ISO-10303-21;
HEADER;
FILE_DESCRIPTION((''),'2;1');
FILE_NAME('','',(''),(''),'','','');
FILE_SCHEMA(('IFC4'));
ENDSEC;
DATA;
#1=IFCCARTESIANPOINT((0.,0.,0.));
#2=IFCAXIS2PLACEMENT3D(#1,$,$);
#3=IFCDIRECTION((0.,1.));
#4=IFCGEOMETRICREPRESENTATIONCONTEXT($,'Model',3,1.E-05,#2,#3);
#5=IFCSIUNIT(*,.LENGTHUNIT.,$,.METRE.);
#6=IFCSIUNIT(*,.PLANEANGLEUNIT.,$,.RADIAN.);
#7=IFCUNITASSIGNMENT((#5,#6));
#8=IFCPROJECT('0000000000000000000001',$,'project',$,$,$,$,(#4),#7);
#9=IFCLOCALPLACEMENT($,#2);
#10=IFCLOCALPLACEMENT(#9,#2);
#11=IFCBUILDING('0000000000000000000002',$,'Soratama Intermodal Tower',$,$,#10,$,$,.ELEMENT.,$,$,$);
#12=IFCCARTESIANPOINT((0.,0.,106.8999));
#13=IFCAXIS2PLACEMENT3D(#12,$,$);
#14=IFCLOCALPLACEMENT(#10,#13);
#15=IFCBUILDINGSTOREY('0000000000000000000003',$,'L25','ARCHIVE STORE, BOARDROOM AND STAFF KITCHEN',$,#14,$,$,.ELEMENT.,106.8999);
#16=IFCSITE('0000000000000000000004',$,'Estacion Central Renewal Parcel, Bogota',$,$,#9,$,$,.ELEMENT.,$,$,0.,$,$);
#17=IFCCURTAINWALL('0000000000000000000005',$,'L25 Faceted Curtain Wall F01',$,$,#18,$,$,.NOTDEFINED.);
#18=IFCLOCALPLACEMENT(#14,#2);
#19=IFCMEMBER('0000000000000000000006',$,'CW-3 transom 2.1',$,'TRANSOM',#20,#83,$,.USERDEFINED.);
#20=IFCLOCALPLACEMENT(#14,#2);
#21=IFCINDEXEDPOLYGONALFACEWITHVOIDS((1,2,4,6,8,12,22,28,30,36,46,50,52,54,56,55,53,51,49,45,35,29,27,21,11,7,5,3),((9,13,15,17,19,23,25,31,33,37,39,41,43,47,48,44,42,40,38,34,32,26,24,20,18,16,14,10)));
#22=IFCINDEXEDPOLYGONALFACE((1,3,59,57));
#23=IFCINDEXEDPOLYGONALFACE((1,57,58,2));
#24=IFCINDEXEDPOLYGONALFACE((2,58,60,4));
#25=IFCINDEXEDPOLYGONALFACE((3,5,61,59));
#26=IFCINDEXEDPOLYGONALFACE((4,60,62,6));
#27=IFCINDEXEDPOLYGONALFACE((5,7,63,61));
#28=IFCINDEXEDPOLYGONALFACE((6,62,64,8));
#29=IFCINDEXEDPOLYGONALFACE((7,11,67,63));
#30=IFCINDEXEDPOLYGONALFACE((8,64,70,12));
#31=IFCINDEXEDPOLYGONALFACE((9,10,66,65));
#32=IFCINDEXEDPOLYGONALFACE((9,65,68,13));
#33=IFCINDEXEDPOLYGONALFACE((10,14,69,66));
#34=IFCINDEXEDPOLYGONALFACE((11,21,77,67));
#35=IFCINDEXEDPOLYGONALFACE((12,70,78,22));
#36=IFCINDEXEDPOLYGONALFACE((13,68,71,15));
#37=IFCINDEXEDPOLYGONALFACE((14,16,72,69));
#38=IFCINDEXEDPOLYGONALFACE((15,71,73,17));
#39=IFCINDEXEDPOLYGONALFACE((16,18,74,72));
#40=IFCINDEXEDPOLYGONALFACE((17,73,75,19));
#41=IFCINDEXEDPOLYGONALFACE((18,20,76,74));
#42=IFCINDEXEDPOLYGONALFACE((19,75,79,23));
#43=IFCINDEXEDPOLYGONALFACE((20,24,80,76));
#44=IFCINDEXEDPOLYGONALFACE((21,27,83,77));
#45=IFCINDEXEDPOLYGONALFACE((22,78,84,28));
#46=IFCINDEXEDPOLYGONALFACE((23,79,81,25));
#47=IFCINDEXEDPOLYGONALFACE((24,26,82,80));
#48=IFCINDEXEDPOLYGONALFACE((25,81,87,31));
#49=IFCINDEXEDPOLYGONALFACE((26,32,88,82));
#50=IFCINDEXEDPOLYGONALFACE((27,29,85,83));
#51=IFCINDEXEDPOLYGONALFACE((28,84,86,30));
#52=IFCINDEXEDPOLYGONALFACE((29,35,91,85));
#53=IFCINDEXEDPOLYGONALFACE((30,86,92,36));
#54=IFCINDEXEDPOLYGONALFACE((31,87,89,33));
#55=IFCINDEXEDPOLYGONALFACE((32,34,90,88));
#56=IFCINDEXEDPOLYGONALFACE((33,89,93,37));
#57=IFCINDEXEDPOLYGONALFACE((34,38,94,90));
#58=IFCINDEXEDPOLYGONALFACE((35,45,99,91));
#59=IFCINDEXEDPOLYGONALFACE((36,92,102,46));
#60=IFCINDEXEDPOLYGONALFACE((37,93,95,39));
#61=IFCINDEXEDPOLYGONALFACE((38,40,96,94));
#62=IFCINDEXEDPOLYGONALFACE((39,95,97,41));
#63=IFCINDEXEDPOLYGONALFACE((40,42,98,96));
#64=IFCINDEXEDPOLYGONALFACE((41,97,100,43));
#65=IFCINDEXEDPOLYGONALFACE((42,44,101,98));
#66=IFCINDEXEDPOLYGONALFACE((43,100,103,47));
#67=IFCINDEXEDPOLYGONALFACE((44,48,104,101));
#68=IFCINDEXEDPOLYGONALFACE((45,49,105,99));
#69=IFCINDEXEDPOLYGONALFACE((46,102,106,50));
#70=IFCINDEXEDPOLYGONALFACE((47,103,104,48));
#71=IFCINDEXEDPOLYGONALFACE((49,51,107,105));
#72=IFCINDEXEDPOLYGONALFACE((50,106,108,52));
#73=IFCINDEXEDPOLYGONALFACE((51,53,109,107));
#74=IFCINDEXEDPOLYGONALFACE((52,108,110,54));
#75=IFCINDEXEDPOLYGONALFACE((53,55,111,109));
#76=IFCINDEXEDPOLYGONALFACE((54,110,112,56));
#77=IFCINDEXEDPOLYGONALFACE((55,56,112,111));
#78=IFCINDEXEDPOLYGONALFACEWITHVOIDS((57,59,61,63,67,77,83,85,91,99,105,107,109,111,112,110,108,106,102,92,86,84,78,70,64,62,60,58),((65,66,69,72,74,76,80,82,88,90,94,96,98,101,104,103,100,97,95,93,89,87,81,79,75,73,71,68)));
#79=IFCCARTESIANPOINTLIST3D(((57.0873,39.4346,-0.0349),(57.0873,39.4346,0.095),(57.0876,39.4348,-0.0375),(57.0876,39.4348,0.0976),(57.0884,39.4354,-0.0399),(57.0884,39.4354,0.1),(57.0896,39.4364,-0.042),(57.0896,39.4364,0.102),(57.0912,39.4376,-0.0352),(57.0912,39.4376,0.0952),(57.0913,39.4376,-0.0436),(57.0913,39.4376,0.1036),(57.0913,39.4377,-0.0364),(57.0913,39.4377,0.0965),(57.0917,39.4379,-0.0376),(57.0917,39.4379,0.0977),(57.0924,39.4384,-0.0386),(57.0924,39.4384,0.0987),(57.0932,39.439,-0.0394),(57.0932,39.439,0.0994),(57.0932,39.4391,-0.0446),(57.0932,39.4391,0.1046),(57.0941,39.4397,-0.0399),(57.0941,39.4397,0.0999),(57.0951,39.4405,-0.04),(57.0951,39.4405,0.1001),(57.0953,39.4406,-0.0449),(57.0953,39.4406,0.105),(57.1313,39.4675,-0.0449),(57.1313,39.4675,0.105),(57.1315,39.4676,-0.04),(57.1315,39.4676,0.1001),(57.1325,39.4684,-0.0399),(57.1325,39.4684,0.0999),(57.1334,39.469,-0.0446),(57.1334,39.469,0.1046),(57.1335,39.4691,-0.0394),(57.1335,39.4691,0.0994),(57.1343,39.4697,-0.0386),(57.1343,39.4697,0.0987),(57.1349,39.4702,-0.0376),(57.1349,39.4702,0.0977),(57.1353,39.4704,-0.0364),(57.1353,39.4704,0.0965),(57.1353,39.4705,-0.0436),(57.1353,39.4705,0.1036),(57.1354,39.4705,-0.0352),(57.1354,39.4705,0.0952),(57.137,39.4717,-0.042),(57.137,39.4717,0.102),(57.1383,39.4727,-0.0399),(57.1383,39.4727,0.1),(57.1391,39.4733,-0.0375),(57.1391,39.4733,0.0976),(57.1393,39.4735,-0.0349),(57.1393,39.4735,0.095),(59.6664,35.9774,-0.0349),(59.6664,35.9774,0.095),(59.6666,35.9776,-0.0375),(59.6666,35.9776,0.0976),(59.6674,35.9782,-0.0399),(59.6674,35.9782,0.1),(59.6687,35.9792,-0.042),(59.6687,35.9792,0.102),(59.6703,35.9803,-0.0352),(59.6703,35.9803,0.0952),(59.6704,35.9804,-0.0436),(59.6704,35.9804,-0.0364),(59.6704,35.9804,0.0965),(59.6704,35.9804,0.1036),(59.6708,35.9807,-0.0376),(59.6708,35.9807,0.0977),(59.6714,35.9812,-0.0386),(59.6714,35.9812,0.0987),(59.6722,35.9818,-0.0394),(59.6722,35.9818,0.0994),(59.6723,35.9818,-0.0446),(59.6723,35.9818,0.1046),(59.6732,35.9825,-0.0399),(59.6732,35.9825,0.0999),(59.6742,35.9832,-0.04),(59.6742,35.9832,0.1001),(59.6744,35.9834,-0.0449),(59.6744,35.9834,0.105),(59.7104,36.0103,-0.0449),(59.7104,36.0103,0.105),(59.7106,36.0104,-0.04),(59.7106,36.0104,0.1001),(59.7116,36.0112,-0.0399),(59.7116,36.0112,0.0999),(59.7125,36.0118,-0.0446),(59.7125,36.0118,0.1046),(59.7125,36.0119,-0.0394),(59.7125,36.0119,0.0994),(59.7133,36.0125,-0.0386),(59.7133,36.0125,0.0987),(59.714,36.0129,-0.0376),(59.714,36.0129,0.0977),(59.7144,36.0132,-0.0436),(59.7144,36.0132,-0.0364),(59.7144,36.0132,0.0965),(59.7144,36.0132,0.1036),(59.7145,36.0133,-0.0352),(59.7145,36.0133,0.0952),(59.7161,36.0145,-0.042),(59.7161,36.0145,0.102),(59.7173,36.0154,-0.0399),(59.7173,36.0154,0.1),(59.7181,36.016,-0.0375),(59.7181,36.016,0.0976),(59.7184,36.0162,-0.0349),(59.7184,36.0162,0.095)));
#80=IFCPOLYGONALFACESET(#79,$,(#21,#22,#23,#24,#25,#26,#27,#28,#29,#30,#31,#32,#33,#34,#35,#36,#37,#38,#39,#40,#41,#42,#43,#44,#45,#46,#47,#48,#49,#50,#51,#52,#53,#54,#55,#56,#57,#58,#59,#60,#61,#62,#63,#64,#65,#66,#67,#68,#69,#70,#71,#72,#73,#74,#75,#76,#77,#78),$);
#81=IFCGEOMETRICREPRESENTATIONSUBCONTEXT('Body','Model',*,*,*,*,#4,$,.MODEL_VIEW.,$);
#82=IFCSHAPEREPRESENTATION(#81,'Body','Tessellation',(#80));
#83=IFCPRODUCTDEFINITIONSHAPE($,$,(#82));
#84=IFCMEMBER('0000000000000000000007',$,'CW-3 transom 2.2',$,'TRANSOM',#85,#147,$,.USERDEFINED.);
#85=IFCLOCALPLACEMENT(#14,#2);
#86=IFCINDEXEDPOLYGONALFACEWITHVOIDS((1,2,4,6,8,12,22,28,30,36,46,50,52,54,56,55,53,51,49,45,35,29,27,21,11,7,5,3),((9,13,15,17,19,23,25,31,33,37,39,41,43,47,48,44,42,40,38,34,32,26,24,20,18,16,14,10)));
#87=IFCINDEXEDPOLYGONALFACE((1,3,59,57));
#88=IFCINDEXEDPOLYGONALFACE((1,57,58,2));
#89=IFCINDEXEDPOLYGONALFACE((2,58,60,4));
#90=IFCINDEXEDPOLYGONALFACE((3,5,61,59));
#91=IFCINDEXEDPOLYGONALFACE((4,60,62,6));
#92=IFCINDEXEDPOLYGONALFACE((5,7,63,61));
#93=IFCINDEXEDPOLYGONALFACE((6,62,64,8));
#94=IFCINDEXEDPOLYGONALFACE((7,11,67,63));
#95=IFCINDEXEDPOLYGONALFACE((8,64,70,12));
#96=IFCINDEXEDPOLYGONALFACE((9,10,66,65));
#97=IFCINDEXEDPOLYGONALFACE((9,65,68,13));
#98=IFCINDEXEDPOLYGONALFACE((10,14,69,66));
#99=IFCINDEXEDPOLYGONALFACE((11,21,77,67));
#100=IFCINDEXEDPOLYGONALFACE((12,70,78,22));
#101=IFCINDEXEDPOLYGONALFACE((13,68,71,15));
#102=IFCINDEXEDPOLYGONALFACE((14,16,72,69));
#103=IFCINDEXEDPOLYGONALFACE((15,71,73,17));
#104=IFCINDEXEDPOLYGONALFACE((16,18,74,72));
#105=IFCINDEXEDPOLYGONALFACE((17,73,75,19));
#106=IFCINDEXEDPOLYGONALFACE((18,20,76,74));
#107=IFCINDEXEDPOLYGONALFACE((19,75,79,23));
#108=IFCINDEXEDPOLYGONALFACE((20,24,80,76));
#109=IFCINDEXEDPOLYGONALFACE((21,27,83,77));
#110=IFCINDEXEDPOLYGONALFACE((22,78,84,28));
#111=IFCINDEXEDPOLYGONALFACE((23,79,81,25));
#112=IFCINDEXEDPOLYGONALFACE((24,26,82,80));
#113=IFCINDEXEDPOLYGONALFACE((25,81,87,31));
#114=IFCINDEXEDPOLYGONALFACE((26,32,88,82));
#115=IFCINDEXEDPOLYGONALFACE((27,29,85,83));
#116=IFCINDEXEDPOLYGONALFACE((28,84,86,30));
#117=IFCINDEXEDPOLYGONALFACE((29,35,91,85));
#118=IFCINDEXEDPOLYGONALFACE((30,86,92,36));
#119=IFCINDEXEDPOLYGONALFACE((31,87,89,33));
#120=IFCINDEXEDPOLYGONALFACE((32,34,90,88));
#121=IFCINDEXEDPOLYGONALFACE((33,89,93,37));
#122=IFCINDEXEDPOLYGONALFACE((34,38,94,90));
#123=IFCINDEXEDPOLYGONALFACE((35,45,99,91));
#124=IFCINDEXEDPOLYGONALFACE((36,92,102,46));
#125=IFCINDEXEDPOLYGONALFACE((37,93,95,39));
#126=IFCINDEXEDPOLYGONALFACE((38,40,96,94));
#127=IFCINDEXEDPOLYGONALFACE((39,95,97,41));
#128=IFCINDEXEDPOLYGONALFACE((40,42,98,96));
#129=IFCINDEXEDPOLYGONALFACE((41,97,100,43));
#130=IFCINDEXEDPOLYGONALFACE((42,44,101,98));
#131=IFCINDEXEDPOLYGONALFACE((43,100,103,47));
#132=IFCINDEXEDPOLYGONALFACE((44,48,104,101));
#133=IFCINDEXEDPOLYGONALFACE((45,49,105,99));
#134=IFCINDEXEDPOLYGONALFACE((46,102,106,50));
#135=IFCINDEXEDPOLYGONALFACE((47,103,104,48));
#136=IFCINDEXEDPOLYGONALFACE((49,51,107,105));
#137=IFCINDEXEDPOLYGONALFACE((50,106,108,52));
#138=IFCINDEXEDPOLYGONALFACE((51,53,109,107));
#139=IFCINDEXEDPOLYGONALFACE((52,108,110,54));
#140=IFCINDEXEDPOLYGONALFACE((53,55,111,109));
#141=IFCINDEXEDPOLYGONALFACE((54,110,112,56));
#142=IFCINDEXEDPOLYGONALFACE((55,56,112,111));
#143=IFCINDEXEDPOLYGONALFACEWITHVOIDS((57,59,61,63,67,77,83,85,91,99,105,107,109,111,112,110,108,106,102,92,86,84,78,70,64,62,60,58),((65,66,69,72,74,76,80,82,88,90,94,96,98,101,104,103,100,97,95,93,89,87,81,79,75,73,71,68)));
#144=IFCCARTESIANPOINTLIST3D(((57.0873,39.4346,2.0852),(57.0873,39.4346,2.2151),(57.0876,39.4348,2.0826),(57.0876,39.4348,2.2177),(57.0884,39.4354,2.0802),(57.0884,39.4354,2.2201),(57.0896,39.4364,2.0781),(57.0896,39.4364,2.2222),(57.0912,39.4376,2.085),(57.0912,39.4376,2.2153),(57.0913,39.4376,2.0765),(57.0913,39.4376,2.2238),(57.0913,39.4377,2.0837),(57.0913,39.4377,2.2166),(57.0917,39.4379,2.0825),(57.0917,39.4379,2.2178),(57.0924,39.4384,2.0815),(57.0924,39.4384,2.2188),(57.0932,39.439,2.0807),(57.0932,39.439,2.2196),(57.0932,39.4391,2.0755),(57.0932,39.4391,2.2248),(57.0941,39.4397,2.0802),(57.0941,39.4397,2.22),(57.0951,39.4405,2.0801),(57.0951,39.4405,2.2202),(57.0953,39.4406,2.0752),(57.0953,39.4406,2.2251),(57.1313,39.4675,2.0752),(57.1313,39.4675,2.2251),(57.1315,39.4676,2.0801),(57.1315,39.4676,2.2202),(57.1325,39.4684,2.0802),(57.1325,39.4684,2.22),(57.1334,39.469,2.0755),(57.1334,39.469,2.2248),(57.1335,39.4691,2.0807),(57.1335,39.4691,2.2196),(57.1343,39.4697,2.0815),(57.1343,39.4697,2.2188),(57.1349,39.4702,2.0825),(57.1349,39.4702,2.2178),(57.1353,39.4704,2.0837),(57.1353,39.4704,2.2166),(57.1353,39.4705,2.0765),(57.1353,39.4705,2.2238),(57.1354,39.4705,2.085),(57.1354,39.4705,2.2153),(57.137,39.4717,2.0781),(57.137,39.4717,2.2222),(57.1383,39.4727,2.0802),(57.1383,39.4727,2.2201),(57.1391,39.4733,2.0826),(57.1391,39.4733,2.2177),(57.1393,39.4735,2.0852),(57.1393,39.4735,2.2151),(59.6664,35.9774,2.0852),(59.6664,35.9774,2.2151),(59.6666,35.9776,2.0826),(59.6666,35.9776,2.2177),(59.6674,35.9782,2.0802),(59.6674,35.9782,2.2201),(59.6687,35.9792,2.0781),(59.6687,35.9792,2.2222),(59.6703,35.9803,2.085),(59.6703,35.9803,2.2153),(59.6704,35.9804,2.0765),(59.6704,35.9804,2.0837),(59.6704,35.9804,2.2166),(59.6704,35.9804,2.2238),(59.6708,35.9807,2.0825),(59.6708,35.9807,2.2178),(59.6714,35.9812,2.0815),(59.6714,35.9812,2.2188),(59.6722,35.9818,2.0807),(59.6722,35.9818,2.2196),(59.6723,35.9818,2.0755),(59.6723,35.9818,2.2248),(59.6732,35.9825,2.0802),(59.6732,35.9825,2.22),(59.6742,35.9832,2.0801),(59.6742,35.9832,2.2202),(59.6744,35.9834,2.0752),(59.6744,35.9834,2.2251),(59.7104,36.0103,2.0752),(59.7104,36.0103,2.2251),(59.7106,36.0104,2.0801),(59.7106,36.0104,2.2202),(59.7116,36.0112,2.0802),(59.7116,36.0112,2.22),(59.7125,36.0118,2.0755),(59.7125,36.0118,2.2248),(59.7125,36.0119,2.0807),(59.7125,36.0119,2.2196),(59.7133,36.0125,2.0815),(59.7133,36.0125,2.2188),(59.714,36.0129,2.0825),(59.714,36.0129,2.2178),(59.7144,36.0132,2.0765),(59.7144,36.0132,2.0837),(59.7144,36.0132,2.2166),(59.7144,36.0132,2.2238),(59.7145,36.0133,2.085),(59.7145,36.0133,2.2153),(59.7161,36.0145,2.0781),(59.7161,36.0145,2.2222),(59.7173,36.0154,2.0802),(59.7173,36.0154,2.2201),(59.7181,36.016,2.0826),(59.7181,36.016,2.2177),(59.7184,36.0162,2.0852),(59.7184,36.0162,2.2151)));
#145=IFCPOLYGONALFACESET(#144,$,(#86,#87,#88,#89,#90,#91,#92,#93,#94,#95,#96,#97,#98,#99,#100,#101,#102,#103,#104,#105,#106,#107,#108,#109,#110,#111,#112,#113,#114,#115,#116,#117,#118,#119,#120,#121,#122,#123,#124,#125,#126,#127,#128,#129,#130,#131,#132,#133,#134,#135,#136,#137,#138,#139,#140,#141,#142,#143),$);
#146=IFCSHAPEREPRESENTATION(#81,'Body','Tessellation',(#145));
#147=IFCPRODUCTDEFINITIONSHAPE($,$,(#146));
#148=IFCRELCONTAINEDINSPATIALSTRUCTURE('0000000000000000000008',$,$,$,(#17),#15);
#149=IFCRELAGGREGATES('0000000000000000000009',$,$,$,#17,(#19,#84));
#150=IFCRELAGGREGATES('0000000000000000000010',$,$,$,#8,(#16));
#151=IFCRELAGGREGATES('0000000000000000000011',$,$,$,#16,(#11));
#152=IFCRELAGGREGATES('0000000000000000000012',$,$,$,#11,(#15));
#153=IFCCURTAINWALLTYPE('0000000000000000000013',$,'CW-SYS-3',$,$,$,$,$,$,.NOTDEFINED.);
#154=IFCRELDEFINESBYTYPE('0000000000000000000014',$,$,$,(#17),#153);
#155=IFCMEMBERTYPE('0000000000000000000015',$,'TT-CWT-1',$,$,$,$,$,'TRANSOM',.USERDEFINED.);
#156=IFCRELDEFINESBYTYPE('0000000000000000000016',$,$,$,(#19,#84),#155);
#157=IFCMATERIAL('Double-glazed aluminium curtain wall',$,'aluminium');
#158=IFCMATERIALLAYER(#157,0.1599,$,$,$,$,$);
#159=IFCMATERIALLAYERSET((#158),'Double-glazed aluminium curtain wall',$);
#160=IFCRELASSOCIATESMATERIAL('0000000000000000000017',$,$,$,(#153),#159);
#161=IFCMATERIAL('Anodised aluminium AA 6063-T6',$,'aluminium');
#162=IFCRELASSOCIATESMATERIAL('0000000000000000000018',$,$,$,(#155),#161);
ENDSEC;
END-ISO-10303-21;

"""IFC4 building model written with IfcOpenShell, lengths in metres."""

from ifc_helpers import new_model, si_unit, direction, frame, origin, origin_2d, place, context, subcontext, project, spatial, hollow_rectangle, extrude, material, layer, layer_set, material_profile, profile_set, type_object, element, aggregate, save


model = new_model("IFC4")

# Units and contexts
model_context = context("Model", 3, precision=1e-05, world=origin(), true_north=direction((0.0, 1.0)))
body_context = subcontext(model_context, "Body", "Model", "MODEL_VIEW")
ifc_project = project(units=[si_unit("LENGTHUNIT", "METRE"), si_unit("PLANEANGLEUNIT", "RADIAN")], contexts=[model_context])

# Site, building, storey
site_placement = place(None, origin())
site = spatial("IfcSite", under=ifc_project, at=site_placement, Name="Estacion Central Renewal Parcel, Bogota", CompositionType="ELEMENT", RefElevation=0.0)
building_placement = place(site_placement, origin())
building = spatial("IfcBuilding", under=site, at=building_placement, Name="Soratama Intermodal Tower", CompositionType="ELEMENT")
storey_placement = place(building_placement, frame((0.0, 0.0, 106.8999)))
storey = spatial("IfcBuildingStorey", under=building, at=storey_placement, Name="L25", Description="ARCHIVE STORE, BOARDROOM AND STAFF KITCHEN", CompositionType="ELEMENT", Elevation=106.8999)

# Curtain wall, members
ifc_material_1 = material(Name="Double-glazed aluminium curtain wall", Category="aluminium")
ifc_layer_1 = layer(ifc_material_1, 0.1599)
ifc_layer_set_1 = layer_set([ifc_layer_1], Name="Double-glazed aluminium curtain wall")
curtain_wall_type = type_object("IfcCurtainWallType", Name="CW-SYS-3", PredefinedType="NOTDEFINED", material=ifc_layer_set_1)
curtain_wall_placement = place(storey_placement, origin())
curtain_wall = element("IfcCurtainWall", 1, at=curtain_wall_placement, inside=storey, type_object=curtain_wall_type, Name="L25 Faceted Curtain Wall F01", PredefinedType="NOTDEFINED")
ifc_material_2 = material(Name="Anodised aluminium AA 6063-T6", Category="aluminium")
ifc_material_profile_1 = material_profile(ifc_material_2, hollow_rectangle(XDim=0.0649, YDim=0.1499, WallThickness=0.0049, InnerFilletRadius=0.0049, OuterFilletRadius=0.01, at=origin_2d()), Name="CWT150X65X5")
ifc_profile_set_1 = profile_set([ifc_material_profile_1], Name="Anodised aluminium AA 6063-T6")
member_type_1 = type_object("IfcMemberType", Name="TT-CWT-1", ElementType="TRANSOM", PredefinedType="USERDEFINED", material=ifc_profile_set_1)
member_1_placement = place(storey_placement, frame((59.6924, 35.9968, 0.03), z_axis=(-0.597942, 0.801539, 0.0), x_axis=(-0.801539, -0.597942, 0.0)))
member_1 = element("IfcMember", 2, at=member_1_placement, type_object=member_type_1, Name="CW-3 transom 2.1", ObjectType="TRANSOM", PredefinedType="USERDEFINED", context=body_context, shape_type="SweptSolid", body=[
    extrude(hollow_rectangle(XDim=0.0649, YDim=0.1499, WallThickness=0.0049, InnerFilletRadius=0.0049, OuterFilletRadius=0.01, at=origin_2d()), origin(), (0.0, 0.0, 1.0), 4.3132),
])
member_2_placement = place(storey_placement, frame((59.6924, 35.9968, 2.1501), z_axis=(-0.597942, 0.801539, 0.0), x_axis=(-0.801539, -0.597942, 0.0)))
member_2 = element("IfcMember", 3, at=member_2_placement, type_object=member_type_1, Name="CW-3 transom 2.2", ObjectType="TRANSOM", PredefinedType="USERDEFINED", context=body_context, shape_type="SweptSolid", body=[
    extrude(hollow_rectangle(XDim=0.0649, YDim=0.1499, WallThickness=0.0049, InnerFilletRadius=0.0049, OuterFilletRadius=0.01, at=origin_2d()), origin(), (0.0, 0.0, 1.0), 4.3132),
])
aggregate(curtain_wall, [member_1, member_2])

save(model, "model.ifc")
